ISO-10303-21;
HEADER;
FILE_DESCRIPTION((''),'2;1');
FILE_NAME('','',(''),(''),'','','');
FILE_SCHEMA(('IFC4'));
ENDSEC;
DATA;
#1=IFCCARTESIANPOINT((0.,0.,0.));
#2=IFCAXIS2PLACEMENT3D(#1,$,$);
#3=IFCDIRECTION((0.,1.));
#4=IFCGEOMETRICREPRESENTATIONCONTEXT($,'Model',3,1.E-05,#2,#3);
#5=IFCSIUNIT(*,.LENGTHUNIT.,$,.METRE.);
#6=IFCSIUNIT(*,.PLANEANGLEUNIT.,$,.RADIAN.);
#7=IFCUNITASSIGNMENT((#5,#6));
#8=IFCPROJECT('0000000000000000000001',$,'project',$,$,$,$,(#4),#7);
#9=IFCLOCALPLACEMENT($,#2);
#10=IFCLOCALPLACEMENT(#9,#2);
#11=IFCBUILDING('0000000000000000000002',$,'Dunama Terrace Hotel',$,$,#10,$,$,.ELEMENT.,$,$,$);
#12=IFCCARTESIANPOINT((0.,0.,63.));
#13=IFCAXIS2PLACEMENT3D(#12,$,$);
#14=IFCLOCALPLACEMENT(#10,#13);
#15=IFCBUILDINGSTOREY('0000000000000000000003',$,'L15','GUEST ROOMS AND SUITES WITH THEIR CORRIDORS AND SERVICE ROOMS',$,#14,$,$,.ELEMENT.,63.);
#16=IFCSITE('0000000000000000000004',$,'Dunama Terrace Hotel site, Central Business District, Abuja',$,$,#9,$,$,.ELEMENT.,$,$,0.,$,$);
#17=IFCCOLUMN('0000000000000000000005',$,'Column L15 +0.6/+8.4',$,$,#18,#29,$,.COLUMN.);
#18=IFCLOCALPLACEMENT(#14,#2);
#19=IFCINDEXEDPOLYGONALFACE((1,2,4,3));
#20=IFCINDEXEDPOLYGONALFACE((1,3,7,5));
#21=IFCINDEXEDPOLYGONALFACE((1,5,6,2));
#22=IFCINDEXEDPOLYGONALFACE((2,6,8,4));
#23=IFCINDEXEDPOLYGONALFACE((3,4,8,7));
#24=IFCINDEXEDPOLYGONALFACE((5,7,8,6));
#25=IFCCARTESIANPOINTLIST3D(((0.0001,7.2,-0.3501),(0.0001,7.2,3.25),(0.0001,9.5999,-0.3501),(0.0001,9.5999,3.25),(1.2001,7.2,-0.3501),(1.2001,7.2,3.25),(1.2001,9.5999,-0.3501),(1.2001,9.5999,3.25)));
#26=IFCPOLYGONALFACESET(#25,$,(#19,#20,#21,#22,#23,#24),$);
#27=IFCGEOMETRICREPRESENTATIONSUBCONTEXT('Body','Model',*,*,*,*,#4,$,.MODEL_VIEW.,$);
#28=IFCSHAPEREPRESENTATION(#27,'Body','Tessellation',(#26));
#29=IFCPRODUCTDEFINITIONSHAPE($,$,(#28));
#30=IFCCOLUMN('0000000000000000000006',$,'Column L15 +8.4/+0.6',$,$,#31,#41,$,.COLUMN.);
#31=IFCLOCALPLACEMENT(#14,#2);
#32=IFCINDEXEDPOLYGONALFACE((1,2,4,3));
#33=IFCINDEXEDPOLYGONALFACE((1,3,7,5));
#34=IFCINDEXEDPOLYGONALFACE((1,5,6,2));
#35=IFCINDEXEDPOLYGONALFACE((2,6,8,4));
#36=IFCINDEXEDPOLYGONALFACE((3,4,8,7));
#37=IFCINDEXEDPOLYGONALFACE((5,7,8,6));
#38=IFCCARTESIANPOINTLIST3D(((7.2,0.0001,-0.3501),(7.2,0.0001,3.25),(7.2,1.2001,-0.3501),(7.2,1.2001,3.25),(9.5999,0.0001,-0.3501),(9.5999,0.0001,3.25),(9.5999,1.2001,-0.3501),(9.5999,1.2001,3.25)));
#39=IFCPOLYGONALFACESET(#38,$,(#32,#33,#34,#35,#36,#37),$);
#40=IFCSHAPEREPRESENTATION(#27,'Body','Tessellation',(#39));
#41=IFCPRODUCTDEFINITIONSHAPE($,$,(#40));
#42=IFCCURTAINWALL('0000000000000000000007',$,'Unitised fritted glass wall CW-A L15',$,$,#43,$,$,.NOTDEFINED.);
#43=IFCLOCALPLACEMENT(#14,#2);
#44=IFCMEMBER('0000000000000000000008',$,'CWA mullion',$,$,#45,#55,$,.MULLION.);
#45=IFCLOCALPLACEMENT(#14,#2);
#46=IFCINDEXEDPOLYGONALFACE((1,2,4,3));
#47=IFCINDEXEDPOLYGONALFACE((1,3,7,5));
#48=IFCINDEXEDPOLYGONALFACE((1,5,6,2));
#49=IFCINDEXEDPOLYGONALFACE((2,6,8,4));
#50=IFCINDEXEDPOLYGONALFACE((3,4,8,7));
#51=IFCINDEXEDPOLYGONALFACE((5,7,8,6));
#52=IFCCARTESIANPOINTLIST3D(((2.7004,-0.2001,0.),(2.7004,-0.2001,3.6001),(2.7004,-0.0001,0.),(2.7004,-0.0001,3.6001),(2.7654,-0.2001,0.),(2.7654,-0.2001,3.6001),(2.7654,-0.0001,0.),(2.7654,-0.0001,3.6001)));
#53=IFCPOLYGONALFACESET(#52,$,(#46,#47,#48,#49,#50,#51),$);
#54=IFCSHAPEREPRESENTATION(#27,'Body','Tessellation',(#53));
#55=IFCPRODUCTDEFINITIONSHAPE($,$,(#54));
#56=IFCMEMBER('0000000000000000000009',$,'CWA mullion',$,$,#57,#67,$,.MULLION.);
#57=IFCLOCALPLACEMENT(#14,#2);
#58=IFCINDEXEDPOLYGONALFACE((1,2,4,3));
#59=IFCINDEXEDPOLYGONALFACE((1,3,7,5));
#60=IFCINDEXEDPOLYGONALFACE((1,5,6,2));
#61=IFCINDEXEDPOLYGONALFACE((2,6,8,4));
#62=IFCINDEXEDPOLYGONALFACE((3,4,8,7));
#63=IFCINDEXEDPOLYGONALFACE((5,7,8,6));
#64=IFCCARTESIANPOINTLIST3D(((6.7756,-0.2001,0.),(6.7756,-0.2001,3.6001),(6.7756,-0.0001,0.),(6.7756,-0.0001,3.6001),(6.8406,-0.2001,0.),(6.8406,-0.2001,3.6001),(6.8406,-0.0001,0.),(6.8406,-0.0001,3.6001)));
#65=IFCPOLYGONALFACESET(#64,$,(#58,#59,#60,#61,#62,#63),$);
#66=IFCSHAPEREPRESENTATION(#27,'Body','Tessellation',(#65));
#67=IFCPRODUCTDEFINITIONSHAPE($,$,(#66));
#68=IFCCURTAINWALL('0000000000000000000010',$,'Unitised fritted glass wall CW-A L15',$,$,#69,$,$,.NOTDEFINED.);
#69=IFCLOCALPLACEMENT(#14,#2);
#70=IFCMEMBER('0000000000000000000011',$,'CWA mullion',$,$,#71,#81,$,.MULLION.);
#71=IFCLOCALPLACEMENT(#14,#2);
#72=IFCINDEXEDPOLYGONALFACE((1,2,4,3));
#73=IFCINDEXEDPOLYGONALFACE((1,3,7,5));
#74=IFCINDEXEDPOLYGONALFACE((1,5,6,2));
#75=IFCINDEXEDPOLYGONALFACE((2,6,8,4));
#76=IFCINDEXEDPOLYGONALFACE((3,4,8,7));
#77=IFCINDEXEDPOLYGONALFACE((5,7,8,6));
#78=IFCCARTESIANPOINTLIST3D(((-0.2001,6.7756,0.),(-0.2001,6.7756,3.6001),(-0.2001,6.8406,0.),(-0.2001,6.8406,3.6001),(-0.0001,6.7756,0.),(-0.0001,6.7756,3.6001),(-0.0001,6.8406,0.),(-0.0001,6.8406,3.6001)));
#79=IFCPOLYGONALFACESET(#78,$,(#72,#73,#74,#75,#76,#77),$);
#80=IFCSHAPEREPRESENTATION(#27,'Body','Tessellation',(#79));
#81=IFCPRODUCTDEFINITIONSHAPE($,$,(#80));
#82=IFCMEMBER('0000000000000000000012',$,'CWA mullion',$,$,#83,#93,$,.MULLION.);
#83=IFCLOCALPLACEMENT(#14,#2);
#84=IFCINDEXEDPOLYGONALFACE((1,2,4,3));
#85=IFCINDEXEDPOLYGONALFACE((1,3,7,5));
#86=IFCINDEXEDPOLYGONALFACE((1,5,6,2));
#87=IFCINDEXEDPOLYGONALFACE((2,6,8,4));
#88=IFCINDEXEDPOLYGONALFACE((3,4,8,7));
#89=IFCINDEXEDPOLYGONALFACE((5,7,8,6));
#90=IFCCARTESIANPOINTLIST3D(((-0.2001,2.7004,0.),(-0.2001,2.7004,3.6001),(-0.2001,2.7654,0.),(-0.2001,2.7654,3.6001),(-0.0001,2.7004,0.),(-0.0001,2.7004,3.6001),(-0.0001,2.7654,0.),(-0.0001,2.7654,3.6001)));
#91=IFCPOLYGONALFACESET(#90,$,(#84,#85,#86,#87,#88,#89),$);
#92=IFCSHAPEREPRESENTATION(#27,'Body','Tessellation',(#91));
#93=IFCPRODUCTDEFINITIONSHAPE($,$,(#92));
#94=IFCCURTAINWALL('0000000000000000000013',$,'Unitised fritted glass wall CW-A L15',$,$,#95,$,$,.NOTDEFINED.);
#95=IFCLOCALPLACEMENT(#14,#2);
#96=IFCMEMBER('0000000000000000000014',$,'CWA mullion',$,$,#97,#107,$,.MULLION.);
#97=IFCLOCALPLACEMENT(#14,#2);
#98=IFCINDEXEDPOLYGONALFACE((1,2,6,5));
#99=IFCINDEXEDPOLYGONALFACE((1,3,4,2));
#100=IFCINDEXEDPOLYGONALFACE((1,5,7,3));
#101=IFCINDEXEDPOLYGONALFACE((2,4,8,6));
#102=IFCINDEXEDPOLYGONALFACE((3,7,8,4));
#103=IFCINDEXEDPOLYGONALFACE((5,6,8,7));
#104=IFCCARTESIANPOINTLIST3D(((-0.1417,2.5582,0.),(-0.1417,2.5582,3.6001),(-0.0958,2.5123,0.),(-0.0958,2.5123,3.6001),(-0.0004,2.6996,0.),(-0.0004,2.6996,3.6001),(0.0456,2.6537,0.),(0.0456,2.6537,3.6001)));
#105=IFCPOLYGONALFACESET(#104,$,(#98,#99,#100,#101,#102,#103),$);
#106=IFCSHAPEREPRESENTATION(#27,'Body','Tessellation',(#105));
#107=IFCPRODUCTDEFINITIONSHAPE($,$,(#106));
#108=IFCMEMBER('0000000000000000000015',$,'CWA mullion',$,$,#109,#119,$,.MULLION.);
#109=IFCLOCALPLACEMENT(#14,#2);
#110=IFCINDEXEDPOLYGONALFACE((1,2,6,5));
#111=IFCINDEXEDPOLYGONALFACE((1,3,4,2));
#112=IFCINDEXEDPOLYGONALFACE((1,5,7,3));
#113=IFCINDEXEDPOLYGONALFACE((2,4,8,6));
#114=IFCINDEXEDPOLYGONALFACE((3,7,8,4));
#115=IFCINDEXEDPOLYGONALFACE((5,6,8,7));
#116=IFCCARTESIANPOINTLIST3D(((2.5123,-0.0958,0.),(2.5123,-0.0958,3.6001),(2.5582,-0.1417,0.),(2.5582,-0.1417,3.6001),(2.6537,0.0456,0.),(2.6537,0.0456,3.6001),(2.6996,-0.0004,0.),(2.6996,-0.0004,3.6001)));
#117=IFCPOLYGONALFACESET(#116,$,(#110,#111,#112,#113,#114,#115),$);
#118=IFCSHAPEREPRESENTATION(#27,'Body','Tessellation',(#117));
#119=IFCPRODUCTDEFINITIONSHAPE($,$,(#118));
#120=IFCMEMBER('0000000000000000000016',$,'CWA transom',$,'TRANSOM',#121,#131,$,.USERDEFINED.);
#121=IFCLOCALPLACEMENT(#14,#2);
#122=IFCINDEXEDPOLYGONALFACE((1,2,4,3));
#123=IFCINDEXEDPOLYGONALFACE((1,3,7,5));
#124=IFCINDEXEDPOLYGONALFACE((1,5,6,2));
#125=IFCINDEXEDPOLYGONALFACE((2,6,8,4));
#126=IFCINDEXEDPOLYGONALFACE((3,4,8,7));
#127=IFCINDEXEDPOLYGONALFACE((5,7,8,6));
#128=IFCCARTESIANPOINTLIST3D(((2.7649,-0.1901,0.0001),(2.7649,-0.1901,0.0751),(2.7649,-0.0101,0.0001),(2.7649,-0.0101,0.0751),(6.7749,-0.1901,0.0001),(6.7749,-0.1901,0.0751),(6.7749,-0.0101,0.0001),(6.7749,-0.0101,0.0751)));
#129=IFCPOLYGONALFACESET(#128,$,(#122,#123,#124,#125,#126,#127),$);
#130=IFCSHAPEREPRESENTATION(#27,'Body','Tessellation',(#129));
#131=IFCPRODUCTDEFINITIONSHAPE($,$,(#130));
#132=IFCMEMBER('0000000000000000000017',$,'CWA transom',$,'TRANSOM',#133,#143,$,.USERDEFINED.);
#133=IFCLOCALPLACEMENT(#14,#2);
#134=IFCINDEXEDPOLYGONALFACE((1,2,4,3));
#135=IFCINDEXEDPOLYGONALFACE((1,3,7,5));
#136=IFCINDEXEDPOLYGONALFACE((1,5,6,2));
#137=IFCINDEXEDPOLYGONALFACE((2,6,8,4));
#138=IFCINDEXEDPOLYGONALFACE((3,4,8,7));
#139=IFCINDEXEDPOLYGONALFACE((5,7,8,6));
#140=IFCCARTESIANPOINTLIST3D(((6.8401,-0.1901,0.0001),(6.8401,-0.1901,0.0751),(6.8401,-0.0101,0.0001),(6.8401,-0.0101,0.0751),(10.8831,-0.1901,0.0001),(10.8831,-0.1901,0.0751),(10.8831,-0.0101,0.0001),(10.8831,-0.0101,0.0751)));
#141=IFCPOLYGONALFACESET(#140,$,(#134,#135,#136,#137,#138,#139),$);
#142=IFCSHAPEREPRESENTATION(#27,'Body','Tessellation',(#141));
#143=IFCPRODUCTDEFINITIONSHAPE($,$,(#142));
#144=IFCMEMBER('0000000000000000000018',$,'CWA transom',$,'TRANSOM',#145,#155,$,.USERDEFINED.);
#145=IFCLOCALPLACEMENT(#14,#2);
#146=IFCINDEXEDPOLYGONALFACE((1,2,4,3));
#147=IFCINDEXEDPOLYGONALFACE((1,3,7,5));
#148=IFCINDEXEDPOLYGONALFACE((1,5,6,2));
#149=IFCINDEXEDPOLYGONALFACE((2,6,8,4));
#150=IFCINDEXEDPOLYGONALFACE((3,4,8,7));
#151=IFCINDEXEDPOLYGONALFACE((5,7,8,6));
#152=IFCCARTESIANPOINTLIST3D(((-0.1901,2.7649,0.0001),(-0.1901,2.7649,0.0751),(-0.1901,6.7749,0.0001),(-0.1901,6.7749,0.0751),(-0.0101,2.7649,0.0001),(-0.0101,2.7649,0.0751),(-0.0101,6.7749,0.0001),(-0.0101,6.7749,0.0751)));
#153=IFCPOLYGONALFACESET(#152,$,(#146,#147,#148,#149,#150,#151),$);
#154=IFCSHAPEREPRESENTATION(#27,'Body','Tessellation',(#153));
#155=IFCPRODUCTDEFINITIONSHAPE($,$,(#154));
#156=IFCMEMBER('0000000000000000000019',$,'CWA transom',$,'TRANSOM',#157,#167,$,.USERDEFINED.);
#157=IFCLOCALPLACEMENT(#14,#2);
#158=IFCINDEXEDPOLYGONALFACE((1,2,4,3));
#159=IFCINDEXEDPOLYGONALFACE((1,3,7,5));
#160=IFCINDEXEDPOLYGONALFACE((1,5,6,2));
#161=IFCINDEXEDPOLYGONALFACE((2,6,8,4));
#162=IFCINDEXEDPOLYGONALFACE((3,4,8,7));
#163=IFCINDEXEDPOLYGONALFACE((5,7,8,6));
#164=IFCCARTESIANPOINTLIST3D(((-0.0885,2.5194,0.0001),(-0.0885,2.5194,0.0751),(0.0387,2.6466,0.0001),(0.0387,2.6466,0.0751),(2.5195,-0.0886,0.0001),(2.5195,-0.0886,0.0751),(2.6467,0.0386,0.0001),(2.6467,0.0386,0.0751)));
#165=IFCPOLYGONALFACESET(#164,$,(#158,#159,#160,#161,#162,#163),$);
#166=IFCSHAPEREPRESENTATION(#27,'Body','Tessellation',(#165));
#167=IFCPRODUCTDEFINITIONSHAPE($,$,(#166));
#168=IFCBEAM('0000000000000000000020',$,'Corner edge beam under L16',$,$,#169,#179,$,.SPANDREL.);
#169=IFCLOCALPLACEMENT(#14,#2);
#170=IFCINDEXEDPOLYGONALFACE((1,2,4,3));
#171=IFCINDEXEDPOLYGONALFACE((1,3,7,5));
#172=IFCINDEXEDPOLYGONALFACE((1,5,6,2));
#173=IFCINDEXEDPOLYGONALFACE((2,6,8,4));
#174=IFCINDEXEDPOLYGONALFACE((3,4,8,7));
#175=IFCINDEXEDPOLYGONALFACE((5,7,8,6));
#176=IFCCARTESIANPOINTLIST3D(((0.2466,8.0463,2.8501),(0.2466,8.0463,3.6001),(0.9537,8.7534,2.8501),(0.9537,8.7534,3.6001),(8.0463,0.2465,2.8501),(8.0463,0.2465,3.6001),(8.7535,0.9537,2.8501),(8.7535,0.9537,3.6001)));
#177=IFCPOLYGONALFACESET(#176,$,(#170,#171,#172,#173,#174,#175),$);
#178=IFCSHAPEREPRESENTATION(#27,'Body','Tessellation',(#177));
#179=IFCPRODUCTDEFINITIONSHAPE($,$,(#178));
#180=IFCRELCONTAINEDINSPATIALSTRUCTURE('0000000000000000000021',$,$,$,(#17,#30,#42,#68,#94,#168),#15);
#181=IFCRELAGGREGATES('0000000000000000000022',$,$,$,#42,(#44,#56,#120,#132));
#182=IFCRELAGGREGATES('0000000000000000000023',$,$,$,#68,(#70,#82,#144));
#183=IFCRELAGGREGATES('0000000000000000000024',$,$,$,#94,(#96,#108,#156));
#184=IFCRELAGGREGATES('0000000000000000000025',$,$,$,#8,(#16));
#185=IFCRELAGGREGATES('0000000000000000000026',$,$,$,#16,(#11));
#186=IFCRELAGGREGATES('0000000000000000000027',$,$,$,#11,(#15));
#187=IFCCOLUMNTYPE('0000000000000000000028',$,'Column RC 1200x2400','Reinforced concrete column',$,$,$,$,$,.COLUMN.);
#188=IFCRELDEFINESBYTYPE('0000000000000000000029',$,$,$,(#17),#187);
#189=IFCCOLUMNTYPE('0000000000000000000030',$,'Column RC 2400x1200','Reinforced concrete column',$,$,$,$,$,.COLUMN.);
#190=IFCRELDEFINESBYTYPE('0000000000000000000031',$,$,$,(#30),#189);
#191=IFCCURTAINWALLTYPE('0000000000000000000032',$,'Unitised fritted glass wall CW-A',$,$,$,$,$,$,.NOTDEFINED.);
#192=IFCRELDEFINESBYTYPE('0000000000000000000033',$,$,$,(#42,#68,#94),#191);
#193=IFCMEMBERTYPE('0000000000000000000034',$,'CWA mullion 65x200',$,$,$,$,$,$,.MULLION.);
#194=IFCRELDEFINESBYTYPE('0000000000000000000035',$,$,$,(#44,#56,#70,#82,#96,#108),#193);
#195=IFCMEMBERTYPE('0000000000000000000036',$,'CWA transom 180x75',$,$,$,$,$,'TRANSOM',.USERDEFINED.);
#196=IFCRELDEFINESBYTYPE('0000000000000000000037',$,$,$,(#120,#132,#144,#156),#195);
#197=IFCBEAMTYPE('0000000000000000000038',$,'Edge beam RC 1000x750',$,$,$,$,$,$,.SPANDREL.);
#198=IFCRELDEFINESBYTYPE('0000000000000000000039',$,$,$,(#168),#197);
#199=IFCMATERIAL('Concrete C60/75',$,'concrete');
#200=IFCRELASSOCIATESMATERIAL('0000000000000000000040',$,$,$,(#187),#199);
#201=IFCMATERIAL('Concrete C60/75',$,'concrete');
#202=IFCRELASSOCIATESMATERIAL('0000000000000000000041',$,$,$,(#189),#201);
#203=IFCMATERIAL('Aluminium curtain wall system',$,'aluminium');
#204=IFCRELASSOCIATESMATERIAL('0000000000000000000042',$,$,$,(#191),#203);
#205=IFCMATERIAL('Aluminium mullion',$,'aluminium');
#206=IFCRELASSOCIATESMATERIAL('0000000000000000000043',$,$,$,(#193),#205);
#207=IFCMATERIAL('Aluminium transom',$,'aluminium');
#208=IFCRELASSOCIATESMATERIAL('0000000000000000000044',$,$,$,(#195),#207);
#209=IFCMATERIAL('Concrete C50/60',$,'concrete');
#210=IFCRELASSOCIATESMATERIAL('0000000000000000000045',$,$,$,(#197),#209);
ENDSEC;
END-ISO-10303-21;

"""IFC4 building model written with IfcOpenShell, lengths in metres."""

from ifc_helpers import new_model, si_unit, direction, frame, origin, origin_2d, place, context, subcontext, project, spatial, rectangle, extrude, material, material_profile, profile_set, type_object, element, aggregate, save


model = new_model("IFC4")

# Units and contexts
model_context = context("Model", 3, precision=1e-05, world=origin(), true_north=direction((0.0, 1.0)))
body_context = subcontext(model_context, "Body", "Model", "MODEL_VIEW")
ifc_project = project(units=[si_unit("LENGTHUNIT", "METRE"), si_unit("PLANEANGLEUNIT", "RADIAN")], contexts=[model_context])

# Site, building, storey
site_placement = place(None, origin())
site = spatial("IfcSite", under=ifc_project, at=site_placement, Name="Dunama Terrace Hotel site, Central Business District, Abuja", CompositionType="ELEMENT", RefElevation=0.0)
building_placement = place(site_placement, origin())
building = spatial("IfcBuilding", under=site, at=building_placement, Name="Dunama Terrace Hotel", CompositionType="ELEMENT")
storey_placement = place(building_placement, frame((0.0, 0.0, 63.0)))
storey = spatial("IfcBuildingStorey", under=building, at=storey_placement, Name="L15", Description="GUEST ROOMS AND SUITES WITH THEIR CORRIDORS AND SERVICE ROOMS", CompositionType="ELEMENT", Elevation=63.0)

# Columns
ifc_material_1 = material(Name="Concrete C60/75", Category="concrete")
ifc_material_profile_1 = material_profile(ifc_material_1, rectangle(XDim=1.2, YDim=2.3999, at=origin_2d()), Name="RC 1200x2400")
ifc_profile_set_1 = profile_set([ifc_material_profile_1], Name="Concrete C60/75")
column_type_1 = type_object("IfcColumnType", Name="Column RC 1200x2400", Description="Reinforced concrete column", PredefinedType="COLUMN", material=ifc_profile_set_1)
column_1_placement = place(storey_placement, frame((0.6001, 8.3999, -0.3501), z_axis=(0.0, 0.0, 1.0), x_axis=(1.0, 0.0, 0.0)))
element("IfcColumn", 1, at=column_1_placement, inside=storey, type_object=column_type_1, Name="Column L15 +0.6/+8.4", PredefinedType="COLUMN", context=body_context, shape_type="SweptSolid", body=[
    extrude(rectangle(XDim=1.2, YDim=2.3999, at=origin_2d()), origin(), (0.0, 0.0, 1.0), 3.6001),
])
ifc_material_2 = material(Name="Concrete C60/75", Category="concrete")
ifc_material_profile_2 = material_profile(ifc_material_2, rectangle(XDim=2.3999, YDim=1.2, at=origin_2d()), Name="RC 2400x1200")
ifc_profile_set_2 = profile_set([ifc_material_profile_2], Name="Concrete C60/75")
column_type_2 = type_object("IfcColumnType", Name="Column RC 2400x1200", Description="Reinforced concrete column", PredefinedType="COLUMN", material=ifc_profile_set_2)
column_2_placement = place(storey_placement, frame((8.3999, 0.6001, -0.3501), z_axis=(0.0, 0.0, 1.0), x_axis=(1.0, 0.0, 0.0)))
element("IfcColumn", 2, at=column_2_placement, inside=storey, type_object=column_type_2, Name="Column L15 +8.4/+0.6", PredefinedType="COLUMN", context=body_context, shape_type="SweptSolid", body=[
    extrude(rectangle(XDim=2.3999, YDim=1.2, at=origin_2d()), origin(), (0.0, 0.0, 1.0), 3.6001),
])

# Curtain walls, members
ifc_material_3 = material(Name="Aluminium curtain wall system", Category="aluminium")
curtain_wall_type = type_object("IfcCurtainWallType", Name="Unitised fritted glass wall CW-A", PredefinedType="NOTDEFINED", material=ifc_material_3)
curtain_wall_1_placement = place(storey_placement, origin())
curtain_wall_1 = element("IfcCurtainWall", 3, at=curtain_wall_1_placement, inside=storey, type_object=curtain_wall_type, Name="Unitised fritted glass wall CW-A L15", PredefinedType="NOTDEFINED")
ifc_material_4 = material(Name="Aluminium mullion", Category="aluminium")
ifc_material_profile_3 = material_profile(ifc_material_4, rectangle(XDim=0.0649, YDim=0.2, at=origin_2d()), Name="CWA MULLION 65X200")
ifc_profile_set_3 = profile_set([ifc_material_profile_3], Name="Aluminium mullion")
member_type_1 = type_object("IfcMemberType", Name="CWA mullion 65x200", PredefinedType="MULLION", material=ifc_profile_set_3)
member_1_placement = place(storey_placement, frame((2.7329, -0.1001, 0.0), z_axis=(0.0, 0.0, 1.0), x_axis=(1.0, 0.0, 0.0)))
member_1 = element("IfcMember", 4, at=member_1_placement, type_object=member_type_1, Name="CWA mullion", PredefinedType="MULLION", context=body_context, shape_type="SweptSolid", body=[
    extrude(rectangle(XDim=0.0649, YDim=0.2, at=origin_2d()), origin(), (0.0, 0.0, 1.0), 3.6001),
])
member_2_placement = place(storey_placement, frame((6.8081, -0.1001, 0.0), z_axis=(0.0, 0.0, 1.0), x_axis=(1.0, 0.0, 0.0)))
member_2 = element("IfcMember", 5, at=member_2_placement, type_object=member_type_1, Name="CWA mullion", PredefinedType="MULLION", context=body_context, shape_type="SweptSolid", body=[
    extrude(rectangle(XDim=0.0649, YDim=0.2, at=origin_2d()), origin(), (0.0, 0.0, 1.0), 3.6001),
])
curtain_wall_2_placement = place(storey_placement, origin())
curtain_wall_2 = element("IfcCurtainWall", 6, at=curtain_wall_2_placement, inside=storey, type_object=curtain_wall_type, Name="Unitised fritted glass wall CW-A L15", PredefinedType="NOTDEFINED")
member_3_placement = place(storey_placement, frame((-0.1001, 6.8081, 0.0), z_axis=(0.0, 0.0, 1.0), x_axis=(0.0, -1.0, 0.0)))
member_3 = element("IfcMember", 7, at=member_3_placement, type_object=member_type_1, Name="CWA mullion", PredefinedType="MULLION", context=body_context, shape_type="SweptSolid", body=[
    extrude(rectangle(XDim=0.0649, YDim=0.2, at=origin_2d()), origin(), (0.0, 0.0, 1.0), 3.6001),
])
member_4_placement = place(storey_placement, frame((-0.1001, 2.7329, 0.0), z_axis=(0.0, 0.0, 1.0), x_axis=(0.0, -1.0, 0.0)))
member_4 = element("IfcMember", 8, at=member_4_placement, type_object=member_type_1, Name="CWA mullion", PredefinedType="MULLION", context=body_context, shape_type="SweptSolid", body=[
    extrude(rectangle(XDim=0.0649, YDim=0.2, at=origin_2d()), origin(), (0.0, 0.0, 1.0), 3.6001),
])
curtain_wall_3_placement = place(storey_placement, origin())
curtain_wall_3 = element("IfcCurtainWall", 9, at=curtain_wall_3_placement, inside=storey, type_object=curtain_wall_type, Name="Unitised fritted glass wall CW-A L15", PredefinedType="NOTDEFINED")
member_5_placement = place(storey_placement, frame((-0.0481, 2.606, 0.0), z_axis=(0.0, 0.0, 1.0), x_axis=(0.707107, -0.707107, 0.0)))
member_5 = element("IfcMember", 10, at=member_5_placement, type_object=member_type_1, Name="CWA mullion", PredefinedType="MULLION", context=body_context, shape_type="SweptSolid", body=[
    extrude(rectangle(XDim=0.0649, YDim=0.2, at=origin_2d()), origin(), (0.0, 0.0, 1.0), 3.6001),
])
member_6_placement = place(storey_placement, frame((2.606, -0.0481, 0.0), z_axis=(0.0, 0.0, 1.0), x_axis=(0.707107, -0.707107, 0.0)))
member_6 = element("IfcMember", 11, at=member_6_placement, type_object=member_type_1, Name="CWA mullion", PredefinedType="MULLION", context=body_context, shape_type="SweptSolid", body=[
    extrude(rectangle(XDim=0.0649, YDim=0.2, at=origin_2d()), origin(), (0.0, 0.0, 1.0), 3.6001),
])

# Members
ifc_material_5 = material(Name="Aluminium transom", Category="aluminium")
ifc_material_profile_4 = material_profile(ifc_material_5, rectangle(XDim=0.1799, YDim=0.075, at=origin_2d()), Name="CWA TRANSOM 180X75")
ifc_profile_set_4 = profile_set([ifc_material_profile_4], Name="Aluminium transom")
member_type_2 = type_object("IfcMemberType", Name="CWA transom 180x75", ElementType="TRANSOM", PredefinedType="USERDEFINED", material=ifc_profile_set_4)
member_7_placement = place(storey_placement, frame((2.7649, -0.1001, 0.0376), z_axis=(1.0, 0.0, 0.0), x_axis=(0.0, 1.0, 0.0)))
member_7 = element("IfcMember", 12, at=member_7_placement, type_object=member_type_2, Name="CWA transom", ObjectType="TRANSOM", PredefinedType="USERDEFINED", context=body_context, shape_type="SweptSolid", body=[
    extrude(rectangle(XDim=0.1799, YDim=0.075, at=origin_2d()), origin(), (0.0, 0.0, 1.0), 4.01),
])
member_8_placement = place(storey_placement, frame((6.8401, -0.1001, 0.0376), z_axis=(1.0, 0.0, 0.0), x_axis=(0.0, 1.0, 0.0)))
member_8 = element("IfcMember", 13, at=member_8_placement, type_object=member_type_2, Name="CWA transom", ObjectType="TRANSOM", PredefinedType="USERDEFINED", context=body_context, shape_type="SweptSolid", body=[
    extrude(rectangle(XDim=0.1799, YDim=0.075, at=origin_2d()), origin(), (0.0, 0.0, 1.0), 4.043),
])
member_9_placement = place(storey_placement, frame((-0.1001, 6.7749, 0.0376), z_axis=(0.0, -1.0, 0.0), x_axis=(1.0, 0.0, 0.0)))
member_9 = element("IfcMember", 14, at=member_9_placement, type_object=member_type_2, Name="CWA transom", ObjectType="TRANSOM", PredefinedType="USERDEFINED", context=body_context, shape_type="SweptSolid", body=[
    extrude(rectangle(XDim=0.1799, YDim=0.075, at=origin_2d()), origin(), (0.0, 0.0, 1.0), 4.01),
])
member_10_placement = place(storey_placement, frame((-0.0249, 2.583, 0.0376), z_axis=(0.707107, -0.707107, 0.0), x_axis=(0.707107, 0.707107, 0.0)))
member_10 = element("IfcMember", 15, at=member_10_placement, type_object=member_type_2, Name="CWA transom", ObjectType="TRANSOM", PredefinedType="USERDEFINED", context=body_context, shape_type="SweptSolid", body=[
    extrude(rectangle(XDim=0.1799, YDim=0.075, at=origin_2d()), origin(), (0.0, 0.0, 1.0), 3.6882),
])

# Beam
ifc_material_6 = material(Name="Concrete C50/60", Category="concrete")
ifc_material_profile_5 = material_profile(ifc_material_6, rectangle(XDim=1.0, YDim=0.75, at=origin_2d()), Name="RC 1000x750")
ifc_profile_set_5 = profile_set([ifc_material_profile_5], Name="Concrete C50/60")
beam_type_1 = type_object("IfcBeamType", Name="Edge beam RC 1000x750", PredefinedType="SPANDREL", material=ifc_profile_set_5)
beam_placement = place(storey_placement, frame((8.3999, 0.6001, 3.2251), z_axis=(-0.707107, 0.707107, 0.0), x_axis=(-0.707107, -0.707107, 0.0)))
element("IfcBeam", 16, at=beam_placement, inside=storey, type_object=beam_type_1, Name="Corner edge beam under L16", PredefinedType="SPANDREL", context=body_context, shape_type="SweptSolid", body=[
    extrude(rectangle(XDim=1.0, YDim=0.75, at=origin_2d()), origin(), (0.0, 0.0, 1.0), 11.0305),
])

aggregate(curtain_wall_1, [member_1, member_2, member_7, member_8])
aggregate(curtain_wall_2, [member_3, member_4, member_9])
aggregate(curtain_wall_3, [member_5, member_6, member_10])

save(model, "model.ifc")
